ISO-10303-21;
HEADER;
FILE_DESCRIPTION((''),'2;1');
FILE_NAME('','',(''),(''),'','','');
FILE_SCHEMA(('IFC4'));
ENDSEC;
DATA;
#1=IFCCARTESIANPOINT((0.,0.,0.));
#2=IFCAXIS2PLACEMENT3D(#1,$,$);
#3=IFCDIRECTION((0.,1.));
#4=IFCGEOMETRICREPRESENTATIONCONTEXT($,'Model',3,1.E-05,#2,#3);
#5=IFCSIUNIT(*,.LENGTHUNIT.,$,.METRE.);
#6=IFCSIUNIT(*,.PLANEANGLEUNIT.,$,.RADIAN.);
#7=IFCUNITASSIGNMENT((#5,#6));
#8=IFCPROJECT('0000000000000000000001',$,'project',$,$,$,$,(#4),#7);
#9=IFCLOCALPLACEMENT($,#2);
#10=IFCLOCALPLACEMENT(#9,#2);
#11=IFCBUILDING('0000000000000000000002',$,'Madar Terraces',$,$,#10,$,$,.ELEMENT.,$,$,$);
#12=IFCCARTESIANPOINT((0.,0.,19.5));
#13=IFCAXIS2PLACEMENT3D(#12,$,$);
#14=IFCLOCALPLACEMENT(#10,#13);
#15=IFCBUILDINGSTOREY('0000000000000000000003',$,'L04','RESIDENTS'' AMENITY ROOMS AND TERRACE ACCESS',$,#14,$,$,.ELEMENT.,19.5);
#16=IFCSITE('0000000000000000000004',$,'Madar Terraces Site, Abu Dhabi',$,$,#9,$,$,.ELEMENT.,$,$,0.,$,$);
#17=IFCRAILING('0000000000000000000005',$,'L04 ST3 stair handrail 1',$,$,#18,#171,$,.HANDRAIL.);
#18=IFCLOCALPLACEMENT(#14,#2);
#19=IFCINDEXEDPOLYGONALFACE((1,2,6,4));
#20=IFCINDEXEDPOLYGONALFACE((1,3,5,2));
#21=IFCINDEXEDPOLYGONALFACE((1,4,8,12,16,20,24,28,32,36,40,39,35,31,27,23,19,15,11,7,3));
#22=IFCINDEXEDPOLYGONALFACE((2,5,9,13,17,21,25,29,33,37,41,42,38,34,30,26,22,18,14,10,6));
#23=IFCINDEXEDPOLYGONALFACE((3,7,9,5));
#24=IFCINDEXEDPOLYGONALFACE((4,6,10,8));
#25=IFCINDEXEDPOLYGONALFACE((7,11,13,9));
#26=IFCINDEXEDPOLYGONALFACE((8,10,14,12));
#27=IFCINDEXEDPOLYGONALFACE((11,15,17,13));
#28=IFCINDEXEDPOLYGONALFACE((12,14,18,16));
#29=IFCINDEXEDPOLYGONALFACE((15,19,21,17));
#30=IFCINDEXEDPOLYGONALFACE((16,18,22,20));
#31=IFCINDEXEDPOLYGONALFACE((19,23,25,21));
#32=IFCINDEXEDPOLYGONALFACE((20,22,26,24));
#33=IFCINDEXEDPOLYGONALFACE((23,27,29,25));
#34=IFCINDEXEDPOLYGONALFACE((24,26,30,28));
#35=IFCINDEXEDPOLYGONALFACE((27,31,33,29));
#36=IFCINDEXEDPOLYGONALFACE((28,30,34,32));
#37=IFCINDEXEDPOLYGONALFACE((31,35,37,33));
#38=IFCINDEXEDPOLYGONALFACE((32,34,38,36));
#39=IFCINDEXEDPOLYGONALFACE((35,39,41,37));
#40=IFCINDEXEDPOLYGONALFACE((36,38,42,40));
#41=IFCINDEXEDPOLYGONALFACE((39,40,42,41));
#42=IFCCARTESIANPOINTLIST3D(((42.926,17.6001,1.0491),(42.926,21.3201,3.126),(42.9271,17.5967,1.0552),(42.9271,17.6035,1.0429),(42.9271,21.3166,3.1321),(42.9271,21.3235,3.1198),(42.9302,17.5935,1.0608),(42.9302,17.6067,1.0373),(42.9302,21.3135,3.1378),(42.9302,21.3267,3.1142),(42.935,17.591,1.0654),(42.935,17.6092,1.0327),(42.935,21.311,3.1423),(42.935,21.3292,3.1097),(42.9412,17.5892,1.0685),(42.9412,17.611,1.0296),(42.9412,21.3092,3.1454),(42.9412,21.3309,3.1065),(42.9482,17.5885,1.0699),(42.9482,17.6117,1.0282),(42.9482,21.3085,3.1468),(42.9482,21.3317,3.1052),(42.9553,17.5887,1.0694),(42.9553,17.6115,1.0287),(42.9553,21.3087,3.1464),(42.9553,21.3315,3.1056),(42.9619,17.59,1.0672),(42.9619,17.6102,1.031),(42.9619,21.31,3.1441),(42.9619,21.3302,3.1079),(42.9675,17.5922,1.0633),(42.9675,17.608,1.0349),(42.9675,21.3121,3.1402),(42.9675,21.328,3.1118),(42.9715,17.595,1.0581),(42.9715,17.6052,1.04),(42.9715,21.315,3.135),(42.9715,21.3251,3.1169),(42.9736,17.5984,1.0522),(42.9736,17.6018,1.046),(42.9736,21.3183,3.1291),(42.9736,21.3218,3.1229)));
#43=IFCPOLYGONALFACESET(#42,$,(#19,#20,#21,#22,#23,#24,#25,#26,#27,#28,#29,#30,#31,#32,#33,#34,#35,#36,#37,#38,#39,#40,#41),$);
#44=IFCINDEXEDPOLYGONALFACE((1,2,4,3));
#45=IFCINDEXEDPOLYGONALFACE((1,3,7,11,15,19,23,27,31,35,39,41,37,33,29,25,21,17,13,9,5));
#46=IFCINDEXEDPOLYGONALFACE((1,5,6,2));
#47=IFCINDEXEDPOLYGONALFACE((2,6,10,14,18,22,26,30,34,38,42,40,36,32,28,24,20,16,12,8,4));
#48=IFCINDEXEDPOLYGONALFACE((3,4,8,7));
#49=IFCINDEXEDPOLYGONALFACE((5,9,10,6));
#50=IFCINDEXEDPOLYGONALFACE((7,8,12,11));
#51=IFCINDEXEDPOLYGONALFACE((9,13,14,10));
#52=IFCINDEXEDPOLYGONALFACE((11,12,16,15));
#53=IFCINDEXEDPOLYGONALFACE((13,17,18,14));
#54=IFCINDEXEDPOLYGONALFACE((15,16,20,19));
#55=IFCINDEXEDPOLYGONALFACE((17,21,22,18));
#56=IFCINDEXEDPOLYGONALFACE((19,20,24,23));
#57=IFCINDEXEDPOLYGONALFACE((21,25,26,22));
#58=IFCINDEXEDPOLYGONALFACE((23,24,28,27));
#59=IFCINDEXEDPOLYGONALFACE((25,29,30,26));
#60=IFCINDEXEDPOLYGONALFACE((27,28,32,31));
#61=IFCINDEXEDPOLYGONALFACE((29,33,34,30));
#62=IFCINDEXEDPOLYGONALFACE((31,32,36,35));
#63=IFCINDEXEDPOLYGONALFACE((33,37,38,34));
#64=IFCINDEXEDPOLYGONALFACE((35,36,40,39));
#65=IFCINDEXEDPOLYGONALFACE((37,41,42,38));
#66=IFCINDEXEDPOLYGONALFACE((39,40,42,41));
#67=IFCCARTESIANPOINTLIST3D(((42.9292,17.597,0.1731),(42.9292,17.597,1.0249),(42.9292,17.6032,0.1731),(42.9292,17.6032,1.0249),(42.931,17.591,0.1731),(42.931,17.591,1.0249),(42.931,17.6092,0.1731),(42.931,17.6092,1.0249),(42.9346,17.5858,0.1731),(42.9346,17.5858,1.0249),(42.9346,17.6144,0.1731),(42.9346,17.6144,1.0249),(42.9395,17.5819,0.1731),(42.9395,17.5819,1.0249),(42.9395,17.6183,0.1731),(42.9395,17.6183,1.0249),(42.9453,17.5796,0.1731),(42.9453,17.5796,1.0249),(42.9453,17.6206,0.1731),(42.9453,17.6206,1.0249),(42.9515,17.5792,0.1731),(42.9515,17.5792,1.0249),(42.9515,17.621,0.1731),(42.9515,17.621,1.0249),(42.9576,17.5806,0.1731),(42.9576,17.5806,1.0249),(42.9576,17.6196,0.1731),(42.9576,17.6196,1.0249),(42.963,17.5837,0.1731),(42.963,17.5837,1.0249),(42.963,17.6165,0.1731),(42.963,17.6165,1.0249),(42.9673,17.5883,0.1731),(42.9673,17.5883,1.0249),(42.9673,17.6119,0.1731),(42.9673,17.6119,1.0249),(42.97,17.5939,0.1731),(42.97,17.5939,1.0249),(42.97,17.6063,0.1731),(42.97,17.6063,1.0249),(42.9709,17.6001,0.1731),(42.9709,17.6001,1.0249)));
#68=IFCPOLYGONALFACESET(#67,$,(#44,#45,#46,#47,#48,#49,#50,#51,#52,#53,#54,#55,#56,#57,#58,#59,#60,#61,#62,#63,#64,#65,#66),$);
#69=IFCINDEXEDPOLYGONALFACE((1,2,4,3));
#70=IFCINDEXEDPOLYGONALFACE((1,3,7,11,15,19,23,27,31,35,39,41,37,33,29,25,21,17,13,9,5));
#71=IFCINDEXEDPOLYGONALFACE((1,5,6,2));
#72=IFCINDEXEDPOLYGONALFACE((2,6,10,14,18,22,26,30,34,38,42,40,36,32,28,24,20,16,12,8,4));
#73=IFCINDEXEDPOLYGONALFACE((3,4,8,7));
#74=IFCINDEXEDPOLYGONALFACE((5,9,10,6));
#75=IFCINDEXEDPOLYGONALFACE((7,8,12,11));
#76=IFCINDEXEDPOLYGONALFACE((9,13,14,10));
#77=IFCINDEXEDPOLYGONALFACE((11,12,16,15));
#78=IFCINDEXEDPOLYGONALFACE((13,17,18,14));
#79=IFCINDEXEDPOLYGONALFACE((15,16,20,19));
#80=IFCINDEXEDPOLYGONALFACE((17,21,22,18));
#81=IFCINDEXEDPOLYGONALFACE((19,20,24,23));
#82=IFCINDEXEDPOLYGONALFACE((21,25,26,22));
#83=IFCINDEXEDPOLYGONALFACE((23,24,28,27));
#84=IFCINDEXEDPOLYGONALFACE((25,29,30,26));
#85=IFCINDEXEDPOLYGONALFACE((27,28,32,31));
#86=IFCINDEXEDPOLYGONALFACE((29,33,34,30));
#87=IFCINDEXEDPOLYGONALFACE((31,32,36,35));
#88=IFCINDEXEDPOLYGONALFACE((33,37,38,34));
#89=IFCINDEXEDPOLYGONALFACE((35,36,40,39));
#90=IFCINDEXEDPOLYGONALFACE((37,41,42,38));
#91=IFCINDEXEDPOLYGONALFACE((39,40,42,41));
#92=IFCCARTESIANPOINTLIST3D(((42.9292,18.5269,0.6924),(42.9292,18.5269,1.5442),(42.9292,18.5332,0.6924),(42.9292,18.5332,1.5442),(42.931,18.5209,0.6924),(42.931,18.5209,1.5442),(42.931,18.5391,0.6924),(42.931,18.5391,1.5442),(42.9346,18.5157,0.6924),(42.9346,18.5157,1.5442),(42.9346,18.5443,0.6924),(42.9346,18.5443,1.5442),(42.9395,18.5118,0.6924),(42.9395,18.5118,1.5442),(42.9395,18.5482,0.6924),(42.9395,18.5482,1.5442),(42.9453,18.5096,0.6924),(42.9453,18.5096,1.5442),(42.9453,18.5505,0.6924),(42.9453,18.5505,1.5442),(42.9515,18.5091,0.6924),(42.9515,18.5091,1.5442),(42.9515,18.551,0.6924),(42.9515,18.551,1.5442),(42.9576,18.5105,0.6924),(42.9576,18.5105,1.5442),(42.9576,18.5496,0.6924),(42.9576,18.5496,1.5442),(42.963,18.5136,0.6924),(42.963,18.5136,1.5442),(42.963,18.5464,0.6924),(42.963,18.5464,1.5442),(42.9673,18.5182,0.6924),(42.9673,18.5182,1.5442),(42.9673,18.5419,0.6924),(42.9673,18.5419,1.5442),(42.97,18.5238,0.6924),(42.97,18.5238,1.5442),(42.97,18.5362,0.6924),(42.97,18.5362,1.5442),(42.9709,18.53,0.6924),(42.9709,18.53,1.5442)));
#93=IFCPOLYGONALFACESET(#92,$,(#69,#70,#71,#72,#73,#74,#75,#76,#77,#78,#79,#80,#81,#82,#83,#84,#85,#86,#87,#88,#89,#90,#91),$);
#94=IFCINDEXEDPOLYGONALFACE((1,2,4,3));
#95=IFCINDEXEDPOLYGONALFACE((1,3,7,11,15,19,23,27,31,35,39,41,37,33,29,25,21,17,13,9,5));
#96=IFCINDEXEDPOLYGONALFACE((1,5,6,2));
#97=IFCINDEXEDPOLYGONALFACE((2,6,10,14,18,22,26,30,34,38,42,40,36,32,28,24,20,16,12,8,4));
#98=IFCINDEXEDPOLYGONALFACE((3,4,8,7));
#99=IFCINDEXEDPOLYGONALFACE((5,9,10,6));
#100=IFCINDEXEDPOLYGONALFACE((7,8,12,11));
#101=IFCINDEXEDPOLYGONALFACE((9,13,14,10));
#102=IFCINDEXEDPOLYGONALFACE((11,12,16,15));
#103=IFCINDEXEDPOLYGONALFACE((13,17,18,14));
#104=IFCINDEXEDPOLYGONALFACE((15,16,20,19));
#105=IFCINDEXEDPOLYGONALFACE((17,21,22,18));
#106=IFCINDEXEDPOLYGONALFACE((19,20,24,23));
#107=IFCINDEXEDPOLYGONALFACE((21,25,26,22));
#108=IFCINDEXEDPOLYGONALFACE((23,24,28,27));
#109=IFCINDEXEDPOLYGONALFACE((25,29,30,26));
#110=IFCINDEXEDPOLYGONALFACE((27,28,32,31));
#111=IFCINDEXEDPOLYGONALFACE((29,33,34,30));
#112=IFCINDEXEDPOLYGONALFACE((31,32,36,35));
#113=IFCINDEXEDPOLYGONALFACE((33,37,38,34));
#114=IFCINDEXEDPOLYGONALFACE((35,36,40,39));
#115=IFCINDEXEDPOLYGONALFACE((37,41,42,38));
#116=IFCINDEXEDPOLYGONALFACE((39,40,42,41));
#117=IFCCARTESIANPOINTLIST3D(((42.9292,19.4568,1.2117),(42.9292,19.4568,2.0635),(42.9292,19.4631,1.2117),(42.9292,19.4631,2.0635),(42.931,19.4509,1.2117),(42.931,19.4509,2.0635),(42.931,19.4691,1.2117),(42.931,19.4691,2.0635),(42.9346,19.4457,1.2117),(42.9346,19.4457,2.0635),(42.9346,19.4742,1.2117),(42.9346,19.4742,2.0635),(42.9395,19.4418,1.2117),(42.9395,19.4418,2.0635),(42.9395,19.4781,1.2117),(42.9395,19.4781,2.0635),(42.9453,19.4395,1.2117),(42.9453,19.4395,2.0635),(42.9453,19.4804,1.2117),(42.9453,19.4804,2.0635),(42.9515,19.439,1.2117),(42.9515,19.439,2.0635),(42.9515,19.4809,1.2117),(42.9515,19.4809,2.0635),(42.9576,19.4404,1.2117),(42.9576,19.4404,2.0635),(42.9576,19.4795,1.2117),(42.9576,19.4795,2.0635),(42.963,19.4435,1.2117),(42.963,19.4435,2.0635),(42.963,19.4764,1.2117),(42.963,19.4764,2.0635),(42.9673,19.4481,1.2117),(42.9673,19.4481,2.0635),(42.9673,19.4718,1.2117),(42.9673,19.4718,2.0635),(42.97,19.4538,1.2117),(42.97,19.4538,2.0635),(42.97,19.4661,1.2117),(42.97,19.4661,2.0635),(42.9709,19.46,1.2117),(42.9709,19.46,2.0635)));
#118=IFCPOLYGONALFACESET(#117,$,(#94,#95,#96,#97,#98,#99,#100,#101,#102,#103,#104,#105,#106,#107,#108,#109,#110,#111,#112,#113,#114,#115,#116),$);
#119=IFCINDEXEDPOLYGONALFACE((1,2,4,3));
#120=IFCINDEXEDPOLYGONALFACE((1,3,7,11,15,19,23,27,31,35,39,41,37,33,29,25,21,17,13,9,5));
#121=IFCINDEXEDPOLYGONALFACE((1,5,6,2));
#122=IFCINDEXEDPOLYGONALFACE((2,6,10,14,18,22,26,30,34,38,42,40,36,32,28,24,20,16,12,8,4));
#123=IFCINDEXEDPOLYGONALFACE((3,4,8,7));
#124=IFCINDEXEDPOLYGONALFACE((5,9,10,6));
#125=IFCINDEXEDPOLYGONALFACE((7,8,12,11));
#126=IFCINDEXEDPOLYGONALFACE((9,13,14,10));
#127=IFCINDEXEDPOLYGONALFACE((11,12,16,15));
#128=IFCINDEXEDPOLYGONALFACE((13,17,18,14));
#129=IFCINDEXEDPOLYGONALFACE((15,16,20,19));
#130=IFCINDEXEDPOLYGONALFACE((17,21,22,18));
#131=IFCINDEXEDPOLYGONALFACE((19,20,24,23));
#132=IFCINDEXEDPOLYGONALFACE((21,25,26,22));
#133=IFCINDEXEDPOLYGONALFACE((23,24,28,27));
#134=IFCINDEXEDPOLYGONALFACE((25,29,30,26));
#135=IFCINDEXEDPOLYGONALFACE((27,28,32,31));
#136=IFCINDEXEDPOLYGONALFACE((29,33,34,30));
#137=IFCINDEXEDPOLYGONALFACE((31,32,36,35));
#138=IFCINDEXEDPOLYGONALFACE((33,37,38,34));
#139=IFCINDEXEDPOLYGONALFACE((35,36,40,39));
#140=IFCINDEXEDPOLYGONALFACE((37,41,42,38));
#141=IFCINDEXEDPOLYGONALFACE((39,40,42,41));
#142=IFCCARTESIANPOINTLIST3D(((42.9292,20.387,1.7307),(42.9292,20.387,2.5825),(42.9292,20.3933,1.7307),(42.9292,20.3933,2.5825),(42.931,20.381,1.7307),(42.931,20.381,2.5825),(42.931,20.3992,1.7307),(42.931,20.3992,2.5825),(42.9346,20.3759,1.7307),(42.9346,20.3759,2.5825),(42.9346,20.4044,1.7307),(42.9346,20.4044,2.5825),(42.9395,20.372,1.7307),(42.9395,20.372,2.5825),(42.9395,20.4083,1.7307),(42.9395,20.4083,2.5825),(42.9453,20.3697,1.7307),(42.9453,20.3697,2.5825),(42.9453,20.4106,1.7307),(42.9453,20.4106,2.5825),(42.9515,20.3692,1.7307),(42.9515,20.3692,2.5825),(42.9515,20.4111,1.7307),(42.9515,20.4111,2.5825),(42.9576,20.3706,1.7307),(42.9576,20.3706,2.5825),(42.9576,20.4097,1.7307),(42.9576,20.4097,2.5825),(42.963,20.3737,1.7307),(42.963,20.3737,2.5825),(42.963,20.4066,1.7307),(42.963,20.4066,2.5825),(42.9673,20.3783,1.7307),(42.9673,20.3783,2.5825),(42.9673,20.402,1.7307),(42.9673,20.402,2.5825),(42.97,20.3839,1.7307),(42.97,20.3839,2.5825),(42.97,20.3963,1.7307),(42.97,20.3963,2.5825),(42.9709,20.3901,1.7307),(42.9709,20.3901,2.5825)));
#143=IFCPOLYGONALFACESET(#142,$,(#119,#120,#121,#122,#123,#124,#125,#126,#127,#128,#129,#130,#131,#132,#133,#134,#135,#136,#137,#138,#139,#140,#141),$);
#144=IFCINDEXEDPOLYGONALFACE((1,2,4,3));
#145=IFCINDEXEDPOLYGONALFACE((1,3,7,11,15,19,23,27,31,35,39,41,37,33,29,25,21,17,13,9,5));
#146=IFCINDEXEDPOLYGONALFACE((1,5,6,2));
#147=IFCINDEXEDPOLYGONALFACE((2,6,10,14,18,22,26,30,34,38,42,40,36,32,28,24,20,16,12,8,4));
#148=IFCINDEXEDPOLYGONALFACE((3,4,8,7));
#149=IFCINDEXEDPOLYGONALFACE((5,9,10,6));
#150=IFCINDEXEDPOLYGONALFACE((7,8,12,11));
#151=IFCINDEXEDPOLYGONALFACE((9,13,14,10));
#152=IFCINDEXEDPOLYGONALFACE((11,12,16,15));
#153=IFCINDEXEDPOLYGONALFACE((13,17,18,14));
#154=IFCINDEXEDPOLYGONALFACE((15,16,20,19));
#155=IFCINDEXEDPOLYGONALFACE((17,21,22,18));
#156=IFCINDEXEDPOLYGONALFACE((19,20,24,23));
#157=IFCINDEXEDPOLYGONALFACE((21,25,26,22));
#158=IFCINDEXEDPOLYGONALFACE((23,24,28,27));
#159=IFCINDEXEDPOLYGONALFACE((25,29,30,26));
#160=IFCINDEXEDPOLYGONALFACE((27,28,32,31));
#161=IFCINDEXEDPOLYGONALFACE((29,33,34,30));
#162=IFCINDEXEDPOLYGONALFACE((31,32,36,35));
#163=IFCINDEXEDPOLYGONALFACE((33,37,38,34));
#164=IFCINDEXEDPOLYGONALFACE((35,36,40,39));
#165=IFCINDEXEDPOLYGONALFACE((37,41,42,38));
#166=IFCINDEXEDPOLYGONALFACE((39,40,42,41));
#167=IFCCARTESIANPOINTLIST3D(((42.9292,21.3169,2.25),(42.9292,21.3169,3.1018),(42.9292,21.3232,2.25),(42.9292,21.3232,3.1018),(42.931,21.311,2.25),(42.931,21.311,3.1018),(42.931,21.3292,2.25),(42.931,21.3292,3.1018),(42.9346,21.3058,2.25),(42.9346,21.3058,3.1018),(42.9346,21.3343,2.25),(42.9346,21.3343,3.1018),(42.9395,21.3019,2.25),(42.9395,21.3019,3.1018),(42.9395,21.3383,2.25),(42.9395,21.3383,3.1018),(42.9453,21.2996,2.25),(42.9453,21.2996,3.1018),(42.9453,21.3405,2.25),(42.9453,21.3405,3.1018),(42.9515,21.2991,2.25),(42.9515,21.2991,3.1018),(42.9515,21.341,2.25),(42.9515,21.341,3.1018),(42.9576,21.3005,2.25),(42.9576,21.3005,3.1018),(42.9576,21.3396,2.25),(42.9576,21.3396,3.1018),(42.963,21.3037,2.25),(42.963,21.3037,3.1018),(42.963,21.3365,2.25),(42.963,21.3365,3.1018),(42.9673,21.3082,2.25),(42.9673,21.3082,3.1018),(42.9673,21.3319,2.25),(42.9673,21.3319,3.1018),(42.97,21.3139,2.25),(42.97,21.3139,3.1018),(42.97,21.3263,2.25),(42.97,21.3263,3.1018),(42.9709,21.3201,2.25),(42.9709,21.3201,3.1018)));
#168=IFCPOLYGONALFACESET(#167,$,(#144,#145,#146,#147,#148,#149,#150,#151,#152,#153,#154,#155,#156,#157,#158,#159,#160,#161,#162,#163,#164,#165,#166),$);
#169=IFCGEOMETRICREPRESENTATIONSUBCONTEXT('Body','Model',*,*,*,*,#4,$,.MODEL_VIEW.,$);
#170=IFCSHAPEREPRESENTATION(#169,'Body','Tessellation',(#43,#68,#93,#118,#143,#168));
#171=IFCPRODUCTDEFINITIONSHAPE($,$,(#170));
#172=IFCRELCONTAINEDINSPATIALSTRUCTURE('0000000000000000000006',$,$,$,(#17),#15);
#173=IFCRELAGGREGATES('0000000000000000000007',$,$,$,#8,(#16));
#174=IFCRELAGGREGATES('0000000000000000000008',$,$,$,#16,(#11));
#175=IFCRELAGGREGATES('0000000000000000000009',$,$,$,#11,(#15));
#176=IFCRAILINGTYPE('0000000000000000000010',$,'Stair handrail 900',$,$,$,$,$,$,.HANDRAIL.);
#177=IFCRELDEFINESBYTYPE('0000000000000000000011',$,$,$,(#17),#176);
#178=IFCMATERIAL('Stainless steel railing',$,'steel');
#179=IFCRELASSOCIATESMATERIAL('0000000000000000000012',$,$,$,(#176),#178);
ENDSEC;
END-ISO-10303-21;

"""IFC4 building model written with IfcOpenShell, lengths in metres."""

from ifc_helpers import new_model, si_unit, direction, frame, origin, origin_2d, place, context, subcontext, project, spatial, circle, extrude, material, type_object, element, save


model = new_model("IFC4")

# Units and contexts
model_context = context("Model", 3, precision=1e-05, world=origin(), true_north=direction((0.0, 1.0)))
body_context = subcontext(model_context, "Body", "Model", "MODEL_VIEW")
ifc_project = project(units=[si_unit("LENGTHUNIT", "METRE"), si_unit("PLANEANGLEUNIT", "RADIAN")], contexts=[model_context])

# Site, building, storey
site_placement = place(None, origin())
site = spatial("IfcSite", under=ifc_project, at=site_placement, Name="Madar Terraces Site, Abu Dhabi", CompositionType="ELEMENT", RefElevation=0.0)
building_placement = place(site_placement, origin())
building = spatial("IfcBuilding", under=site, at=building_placement, Name="Madar Terraces", CompositionType="ELEMENT")
storey_placement = place(building_placement, frame((0.0, 0.0, 19.5)))
storey = spatial("IfcBuildingStorey", under=building, at=storey_placement, Name="L04", Description="RESIDENTS' AMENITY ROOMS AND TERRACE ACCESS", CompositionType="ELEMENT", Elevation=19.5)

# Railing
ifc_material_1 = material(Name="Stainless steel railing", Category="steel")
railing_type_1 = type_object("IfcRailingType", Name="Stair handrail 900", PredefinedType="HANDRAIL", material=ifc_material_1)
railing_1_placement = place(storey_placement, frame((42.95, 17.6001, 0.1731)))
element("IfcRailing", 1, at=railing_1_placement, inside=storey, type_object=railing_type_1, Name="L04 ST3 stair handrail 1", PredefinedType="HANDRAIL", context=body_context, shape_type="SweptSolid", body=[
    extrude(circle(Radius=0.0239, at=origin_2d()), frame((0.0, 0.0, 0.876), z_axis=(0.0, 0.873134, 0.487481), x_axis=(-1.0, 0.0, 0.0)), (0.0, 0.0, 1.0), 4.2605),
    extrude(circle(Radius=0.021, at=origin_2d()), origin(), (0.0, 0.0, 1.0), 0.8518),
    extrude(circle(Radius=0.021, at=origin_2d()), frame((0.0, 0.9299, 0.5193)), (0.0, 0.0, 1.0), 0.8518),
    extrude(circle(Radius=0.021, at=origin_2d()), frame((0.0, 1.8599, 1.0386)), (0.0, 0.0, 1.0), 0.8518),
    extrude(circle(Radius=0.021, at=origin_2d()), frame((0.0, 2.79, 1.5576)), (0.0, 0.0, 1.0), 0.8518),
    extrude(circle(Radius=0.021, at=origin_2d()), frame((0.0, 3.72, 2.0769)), (0.0, 0.0, 1.0), 0.8518),
])

save(model, "model.ifc")
